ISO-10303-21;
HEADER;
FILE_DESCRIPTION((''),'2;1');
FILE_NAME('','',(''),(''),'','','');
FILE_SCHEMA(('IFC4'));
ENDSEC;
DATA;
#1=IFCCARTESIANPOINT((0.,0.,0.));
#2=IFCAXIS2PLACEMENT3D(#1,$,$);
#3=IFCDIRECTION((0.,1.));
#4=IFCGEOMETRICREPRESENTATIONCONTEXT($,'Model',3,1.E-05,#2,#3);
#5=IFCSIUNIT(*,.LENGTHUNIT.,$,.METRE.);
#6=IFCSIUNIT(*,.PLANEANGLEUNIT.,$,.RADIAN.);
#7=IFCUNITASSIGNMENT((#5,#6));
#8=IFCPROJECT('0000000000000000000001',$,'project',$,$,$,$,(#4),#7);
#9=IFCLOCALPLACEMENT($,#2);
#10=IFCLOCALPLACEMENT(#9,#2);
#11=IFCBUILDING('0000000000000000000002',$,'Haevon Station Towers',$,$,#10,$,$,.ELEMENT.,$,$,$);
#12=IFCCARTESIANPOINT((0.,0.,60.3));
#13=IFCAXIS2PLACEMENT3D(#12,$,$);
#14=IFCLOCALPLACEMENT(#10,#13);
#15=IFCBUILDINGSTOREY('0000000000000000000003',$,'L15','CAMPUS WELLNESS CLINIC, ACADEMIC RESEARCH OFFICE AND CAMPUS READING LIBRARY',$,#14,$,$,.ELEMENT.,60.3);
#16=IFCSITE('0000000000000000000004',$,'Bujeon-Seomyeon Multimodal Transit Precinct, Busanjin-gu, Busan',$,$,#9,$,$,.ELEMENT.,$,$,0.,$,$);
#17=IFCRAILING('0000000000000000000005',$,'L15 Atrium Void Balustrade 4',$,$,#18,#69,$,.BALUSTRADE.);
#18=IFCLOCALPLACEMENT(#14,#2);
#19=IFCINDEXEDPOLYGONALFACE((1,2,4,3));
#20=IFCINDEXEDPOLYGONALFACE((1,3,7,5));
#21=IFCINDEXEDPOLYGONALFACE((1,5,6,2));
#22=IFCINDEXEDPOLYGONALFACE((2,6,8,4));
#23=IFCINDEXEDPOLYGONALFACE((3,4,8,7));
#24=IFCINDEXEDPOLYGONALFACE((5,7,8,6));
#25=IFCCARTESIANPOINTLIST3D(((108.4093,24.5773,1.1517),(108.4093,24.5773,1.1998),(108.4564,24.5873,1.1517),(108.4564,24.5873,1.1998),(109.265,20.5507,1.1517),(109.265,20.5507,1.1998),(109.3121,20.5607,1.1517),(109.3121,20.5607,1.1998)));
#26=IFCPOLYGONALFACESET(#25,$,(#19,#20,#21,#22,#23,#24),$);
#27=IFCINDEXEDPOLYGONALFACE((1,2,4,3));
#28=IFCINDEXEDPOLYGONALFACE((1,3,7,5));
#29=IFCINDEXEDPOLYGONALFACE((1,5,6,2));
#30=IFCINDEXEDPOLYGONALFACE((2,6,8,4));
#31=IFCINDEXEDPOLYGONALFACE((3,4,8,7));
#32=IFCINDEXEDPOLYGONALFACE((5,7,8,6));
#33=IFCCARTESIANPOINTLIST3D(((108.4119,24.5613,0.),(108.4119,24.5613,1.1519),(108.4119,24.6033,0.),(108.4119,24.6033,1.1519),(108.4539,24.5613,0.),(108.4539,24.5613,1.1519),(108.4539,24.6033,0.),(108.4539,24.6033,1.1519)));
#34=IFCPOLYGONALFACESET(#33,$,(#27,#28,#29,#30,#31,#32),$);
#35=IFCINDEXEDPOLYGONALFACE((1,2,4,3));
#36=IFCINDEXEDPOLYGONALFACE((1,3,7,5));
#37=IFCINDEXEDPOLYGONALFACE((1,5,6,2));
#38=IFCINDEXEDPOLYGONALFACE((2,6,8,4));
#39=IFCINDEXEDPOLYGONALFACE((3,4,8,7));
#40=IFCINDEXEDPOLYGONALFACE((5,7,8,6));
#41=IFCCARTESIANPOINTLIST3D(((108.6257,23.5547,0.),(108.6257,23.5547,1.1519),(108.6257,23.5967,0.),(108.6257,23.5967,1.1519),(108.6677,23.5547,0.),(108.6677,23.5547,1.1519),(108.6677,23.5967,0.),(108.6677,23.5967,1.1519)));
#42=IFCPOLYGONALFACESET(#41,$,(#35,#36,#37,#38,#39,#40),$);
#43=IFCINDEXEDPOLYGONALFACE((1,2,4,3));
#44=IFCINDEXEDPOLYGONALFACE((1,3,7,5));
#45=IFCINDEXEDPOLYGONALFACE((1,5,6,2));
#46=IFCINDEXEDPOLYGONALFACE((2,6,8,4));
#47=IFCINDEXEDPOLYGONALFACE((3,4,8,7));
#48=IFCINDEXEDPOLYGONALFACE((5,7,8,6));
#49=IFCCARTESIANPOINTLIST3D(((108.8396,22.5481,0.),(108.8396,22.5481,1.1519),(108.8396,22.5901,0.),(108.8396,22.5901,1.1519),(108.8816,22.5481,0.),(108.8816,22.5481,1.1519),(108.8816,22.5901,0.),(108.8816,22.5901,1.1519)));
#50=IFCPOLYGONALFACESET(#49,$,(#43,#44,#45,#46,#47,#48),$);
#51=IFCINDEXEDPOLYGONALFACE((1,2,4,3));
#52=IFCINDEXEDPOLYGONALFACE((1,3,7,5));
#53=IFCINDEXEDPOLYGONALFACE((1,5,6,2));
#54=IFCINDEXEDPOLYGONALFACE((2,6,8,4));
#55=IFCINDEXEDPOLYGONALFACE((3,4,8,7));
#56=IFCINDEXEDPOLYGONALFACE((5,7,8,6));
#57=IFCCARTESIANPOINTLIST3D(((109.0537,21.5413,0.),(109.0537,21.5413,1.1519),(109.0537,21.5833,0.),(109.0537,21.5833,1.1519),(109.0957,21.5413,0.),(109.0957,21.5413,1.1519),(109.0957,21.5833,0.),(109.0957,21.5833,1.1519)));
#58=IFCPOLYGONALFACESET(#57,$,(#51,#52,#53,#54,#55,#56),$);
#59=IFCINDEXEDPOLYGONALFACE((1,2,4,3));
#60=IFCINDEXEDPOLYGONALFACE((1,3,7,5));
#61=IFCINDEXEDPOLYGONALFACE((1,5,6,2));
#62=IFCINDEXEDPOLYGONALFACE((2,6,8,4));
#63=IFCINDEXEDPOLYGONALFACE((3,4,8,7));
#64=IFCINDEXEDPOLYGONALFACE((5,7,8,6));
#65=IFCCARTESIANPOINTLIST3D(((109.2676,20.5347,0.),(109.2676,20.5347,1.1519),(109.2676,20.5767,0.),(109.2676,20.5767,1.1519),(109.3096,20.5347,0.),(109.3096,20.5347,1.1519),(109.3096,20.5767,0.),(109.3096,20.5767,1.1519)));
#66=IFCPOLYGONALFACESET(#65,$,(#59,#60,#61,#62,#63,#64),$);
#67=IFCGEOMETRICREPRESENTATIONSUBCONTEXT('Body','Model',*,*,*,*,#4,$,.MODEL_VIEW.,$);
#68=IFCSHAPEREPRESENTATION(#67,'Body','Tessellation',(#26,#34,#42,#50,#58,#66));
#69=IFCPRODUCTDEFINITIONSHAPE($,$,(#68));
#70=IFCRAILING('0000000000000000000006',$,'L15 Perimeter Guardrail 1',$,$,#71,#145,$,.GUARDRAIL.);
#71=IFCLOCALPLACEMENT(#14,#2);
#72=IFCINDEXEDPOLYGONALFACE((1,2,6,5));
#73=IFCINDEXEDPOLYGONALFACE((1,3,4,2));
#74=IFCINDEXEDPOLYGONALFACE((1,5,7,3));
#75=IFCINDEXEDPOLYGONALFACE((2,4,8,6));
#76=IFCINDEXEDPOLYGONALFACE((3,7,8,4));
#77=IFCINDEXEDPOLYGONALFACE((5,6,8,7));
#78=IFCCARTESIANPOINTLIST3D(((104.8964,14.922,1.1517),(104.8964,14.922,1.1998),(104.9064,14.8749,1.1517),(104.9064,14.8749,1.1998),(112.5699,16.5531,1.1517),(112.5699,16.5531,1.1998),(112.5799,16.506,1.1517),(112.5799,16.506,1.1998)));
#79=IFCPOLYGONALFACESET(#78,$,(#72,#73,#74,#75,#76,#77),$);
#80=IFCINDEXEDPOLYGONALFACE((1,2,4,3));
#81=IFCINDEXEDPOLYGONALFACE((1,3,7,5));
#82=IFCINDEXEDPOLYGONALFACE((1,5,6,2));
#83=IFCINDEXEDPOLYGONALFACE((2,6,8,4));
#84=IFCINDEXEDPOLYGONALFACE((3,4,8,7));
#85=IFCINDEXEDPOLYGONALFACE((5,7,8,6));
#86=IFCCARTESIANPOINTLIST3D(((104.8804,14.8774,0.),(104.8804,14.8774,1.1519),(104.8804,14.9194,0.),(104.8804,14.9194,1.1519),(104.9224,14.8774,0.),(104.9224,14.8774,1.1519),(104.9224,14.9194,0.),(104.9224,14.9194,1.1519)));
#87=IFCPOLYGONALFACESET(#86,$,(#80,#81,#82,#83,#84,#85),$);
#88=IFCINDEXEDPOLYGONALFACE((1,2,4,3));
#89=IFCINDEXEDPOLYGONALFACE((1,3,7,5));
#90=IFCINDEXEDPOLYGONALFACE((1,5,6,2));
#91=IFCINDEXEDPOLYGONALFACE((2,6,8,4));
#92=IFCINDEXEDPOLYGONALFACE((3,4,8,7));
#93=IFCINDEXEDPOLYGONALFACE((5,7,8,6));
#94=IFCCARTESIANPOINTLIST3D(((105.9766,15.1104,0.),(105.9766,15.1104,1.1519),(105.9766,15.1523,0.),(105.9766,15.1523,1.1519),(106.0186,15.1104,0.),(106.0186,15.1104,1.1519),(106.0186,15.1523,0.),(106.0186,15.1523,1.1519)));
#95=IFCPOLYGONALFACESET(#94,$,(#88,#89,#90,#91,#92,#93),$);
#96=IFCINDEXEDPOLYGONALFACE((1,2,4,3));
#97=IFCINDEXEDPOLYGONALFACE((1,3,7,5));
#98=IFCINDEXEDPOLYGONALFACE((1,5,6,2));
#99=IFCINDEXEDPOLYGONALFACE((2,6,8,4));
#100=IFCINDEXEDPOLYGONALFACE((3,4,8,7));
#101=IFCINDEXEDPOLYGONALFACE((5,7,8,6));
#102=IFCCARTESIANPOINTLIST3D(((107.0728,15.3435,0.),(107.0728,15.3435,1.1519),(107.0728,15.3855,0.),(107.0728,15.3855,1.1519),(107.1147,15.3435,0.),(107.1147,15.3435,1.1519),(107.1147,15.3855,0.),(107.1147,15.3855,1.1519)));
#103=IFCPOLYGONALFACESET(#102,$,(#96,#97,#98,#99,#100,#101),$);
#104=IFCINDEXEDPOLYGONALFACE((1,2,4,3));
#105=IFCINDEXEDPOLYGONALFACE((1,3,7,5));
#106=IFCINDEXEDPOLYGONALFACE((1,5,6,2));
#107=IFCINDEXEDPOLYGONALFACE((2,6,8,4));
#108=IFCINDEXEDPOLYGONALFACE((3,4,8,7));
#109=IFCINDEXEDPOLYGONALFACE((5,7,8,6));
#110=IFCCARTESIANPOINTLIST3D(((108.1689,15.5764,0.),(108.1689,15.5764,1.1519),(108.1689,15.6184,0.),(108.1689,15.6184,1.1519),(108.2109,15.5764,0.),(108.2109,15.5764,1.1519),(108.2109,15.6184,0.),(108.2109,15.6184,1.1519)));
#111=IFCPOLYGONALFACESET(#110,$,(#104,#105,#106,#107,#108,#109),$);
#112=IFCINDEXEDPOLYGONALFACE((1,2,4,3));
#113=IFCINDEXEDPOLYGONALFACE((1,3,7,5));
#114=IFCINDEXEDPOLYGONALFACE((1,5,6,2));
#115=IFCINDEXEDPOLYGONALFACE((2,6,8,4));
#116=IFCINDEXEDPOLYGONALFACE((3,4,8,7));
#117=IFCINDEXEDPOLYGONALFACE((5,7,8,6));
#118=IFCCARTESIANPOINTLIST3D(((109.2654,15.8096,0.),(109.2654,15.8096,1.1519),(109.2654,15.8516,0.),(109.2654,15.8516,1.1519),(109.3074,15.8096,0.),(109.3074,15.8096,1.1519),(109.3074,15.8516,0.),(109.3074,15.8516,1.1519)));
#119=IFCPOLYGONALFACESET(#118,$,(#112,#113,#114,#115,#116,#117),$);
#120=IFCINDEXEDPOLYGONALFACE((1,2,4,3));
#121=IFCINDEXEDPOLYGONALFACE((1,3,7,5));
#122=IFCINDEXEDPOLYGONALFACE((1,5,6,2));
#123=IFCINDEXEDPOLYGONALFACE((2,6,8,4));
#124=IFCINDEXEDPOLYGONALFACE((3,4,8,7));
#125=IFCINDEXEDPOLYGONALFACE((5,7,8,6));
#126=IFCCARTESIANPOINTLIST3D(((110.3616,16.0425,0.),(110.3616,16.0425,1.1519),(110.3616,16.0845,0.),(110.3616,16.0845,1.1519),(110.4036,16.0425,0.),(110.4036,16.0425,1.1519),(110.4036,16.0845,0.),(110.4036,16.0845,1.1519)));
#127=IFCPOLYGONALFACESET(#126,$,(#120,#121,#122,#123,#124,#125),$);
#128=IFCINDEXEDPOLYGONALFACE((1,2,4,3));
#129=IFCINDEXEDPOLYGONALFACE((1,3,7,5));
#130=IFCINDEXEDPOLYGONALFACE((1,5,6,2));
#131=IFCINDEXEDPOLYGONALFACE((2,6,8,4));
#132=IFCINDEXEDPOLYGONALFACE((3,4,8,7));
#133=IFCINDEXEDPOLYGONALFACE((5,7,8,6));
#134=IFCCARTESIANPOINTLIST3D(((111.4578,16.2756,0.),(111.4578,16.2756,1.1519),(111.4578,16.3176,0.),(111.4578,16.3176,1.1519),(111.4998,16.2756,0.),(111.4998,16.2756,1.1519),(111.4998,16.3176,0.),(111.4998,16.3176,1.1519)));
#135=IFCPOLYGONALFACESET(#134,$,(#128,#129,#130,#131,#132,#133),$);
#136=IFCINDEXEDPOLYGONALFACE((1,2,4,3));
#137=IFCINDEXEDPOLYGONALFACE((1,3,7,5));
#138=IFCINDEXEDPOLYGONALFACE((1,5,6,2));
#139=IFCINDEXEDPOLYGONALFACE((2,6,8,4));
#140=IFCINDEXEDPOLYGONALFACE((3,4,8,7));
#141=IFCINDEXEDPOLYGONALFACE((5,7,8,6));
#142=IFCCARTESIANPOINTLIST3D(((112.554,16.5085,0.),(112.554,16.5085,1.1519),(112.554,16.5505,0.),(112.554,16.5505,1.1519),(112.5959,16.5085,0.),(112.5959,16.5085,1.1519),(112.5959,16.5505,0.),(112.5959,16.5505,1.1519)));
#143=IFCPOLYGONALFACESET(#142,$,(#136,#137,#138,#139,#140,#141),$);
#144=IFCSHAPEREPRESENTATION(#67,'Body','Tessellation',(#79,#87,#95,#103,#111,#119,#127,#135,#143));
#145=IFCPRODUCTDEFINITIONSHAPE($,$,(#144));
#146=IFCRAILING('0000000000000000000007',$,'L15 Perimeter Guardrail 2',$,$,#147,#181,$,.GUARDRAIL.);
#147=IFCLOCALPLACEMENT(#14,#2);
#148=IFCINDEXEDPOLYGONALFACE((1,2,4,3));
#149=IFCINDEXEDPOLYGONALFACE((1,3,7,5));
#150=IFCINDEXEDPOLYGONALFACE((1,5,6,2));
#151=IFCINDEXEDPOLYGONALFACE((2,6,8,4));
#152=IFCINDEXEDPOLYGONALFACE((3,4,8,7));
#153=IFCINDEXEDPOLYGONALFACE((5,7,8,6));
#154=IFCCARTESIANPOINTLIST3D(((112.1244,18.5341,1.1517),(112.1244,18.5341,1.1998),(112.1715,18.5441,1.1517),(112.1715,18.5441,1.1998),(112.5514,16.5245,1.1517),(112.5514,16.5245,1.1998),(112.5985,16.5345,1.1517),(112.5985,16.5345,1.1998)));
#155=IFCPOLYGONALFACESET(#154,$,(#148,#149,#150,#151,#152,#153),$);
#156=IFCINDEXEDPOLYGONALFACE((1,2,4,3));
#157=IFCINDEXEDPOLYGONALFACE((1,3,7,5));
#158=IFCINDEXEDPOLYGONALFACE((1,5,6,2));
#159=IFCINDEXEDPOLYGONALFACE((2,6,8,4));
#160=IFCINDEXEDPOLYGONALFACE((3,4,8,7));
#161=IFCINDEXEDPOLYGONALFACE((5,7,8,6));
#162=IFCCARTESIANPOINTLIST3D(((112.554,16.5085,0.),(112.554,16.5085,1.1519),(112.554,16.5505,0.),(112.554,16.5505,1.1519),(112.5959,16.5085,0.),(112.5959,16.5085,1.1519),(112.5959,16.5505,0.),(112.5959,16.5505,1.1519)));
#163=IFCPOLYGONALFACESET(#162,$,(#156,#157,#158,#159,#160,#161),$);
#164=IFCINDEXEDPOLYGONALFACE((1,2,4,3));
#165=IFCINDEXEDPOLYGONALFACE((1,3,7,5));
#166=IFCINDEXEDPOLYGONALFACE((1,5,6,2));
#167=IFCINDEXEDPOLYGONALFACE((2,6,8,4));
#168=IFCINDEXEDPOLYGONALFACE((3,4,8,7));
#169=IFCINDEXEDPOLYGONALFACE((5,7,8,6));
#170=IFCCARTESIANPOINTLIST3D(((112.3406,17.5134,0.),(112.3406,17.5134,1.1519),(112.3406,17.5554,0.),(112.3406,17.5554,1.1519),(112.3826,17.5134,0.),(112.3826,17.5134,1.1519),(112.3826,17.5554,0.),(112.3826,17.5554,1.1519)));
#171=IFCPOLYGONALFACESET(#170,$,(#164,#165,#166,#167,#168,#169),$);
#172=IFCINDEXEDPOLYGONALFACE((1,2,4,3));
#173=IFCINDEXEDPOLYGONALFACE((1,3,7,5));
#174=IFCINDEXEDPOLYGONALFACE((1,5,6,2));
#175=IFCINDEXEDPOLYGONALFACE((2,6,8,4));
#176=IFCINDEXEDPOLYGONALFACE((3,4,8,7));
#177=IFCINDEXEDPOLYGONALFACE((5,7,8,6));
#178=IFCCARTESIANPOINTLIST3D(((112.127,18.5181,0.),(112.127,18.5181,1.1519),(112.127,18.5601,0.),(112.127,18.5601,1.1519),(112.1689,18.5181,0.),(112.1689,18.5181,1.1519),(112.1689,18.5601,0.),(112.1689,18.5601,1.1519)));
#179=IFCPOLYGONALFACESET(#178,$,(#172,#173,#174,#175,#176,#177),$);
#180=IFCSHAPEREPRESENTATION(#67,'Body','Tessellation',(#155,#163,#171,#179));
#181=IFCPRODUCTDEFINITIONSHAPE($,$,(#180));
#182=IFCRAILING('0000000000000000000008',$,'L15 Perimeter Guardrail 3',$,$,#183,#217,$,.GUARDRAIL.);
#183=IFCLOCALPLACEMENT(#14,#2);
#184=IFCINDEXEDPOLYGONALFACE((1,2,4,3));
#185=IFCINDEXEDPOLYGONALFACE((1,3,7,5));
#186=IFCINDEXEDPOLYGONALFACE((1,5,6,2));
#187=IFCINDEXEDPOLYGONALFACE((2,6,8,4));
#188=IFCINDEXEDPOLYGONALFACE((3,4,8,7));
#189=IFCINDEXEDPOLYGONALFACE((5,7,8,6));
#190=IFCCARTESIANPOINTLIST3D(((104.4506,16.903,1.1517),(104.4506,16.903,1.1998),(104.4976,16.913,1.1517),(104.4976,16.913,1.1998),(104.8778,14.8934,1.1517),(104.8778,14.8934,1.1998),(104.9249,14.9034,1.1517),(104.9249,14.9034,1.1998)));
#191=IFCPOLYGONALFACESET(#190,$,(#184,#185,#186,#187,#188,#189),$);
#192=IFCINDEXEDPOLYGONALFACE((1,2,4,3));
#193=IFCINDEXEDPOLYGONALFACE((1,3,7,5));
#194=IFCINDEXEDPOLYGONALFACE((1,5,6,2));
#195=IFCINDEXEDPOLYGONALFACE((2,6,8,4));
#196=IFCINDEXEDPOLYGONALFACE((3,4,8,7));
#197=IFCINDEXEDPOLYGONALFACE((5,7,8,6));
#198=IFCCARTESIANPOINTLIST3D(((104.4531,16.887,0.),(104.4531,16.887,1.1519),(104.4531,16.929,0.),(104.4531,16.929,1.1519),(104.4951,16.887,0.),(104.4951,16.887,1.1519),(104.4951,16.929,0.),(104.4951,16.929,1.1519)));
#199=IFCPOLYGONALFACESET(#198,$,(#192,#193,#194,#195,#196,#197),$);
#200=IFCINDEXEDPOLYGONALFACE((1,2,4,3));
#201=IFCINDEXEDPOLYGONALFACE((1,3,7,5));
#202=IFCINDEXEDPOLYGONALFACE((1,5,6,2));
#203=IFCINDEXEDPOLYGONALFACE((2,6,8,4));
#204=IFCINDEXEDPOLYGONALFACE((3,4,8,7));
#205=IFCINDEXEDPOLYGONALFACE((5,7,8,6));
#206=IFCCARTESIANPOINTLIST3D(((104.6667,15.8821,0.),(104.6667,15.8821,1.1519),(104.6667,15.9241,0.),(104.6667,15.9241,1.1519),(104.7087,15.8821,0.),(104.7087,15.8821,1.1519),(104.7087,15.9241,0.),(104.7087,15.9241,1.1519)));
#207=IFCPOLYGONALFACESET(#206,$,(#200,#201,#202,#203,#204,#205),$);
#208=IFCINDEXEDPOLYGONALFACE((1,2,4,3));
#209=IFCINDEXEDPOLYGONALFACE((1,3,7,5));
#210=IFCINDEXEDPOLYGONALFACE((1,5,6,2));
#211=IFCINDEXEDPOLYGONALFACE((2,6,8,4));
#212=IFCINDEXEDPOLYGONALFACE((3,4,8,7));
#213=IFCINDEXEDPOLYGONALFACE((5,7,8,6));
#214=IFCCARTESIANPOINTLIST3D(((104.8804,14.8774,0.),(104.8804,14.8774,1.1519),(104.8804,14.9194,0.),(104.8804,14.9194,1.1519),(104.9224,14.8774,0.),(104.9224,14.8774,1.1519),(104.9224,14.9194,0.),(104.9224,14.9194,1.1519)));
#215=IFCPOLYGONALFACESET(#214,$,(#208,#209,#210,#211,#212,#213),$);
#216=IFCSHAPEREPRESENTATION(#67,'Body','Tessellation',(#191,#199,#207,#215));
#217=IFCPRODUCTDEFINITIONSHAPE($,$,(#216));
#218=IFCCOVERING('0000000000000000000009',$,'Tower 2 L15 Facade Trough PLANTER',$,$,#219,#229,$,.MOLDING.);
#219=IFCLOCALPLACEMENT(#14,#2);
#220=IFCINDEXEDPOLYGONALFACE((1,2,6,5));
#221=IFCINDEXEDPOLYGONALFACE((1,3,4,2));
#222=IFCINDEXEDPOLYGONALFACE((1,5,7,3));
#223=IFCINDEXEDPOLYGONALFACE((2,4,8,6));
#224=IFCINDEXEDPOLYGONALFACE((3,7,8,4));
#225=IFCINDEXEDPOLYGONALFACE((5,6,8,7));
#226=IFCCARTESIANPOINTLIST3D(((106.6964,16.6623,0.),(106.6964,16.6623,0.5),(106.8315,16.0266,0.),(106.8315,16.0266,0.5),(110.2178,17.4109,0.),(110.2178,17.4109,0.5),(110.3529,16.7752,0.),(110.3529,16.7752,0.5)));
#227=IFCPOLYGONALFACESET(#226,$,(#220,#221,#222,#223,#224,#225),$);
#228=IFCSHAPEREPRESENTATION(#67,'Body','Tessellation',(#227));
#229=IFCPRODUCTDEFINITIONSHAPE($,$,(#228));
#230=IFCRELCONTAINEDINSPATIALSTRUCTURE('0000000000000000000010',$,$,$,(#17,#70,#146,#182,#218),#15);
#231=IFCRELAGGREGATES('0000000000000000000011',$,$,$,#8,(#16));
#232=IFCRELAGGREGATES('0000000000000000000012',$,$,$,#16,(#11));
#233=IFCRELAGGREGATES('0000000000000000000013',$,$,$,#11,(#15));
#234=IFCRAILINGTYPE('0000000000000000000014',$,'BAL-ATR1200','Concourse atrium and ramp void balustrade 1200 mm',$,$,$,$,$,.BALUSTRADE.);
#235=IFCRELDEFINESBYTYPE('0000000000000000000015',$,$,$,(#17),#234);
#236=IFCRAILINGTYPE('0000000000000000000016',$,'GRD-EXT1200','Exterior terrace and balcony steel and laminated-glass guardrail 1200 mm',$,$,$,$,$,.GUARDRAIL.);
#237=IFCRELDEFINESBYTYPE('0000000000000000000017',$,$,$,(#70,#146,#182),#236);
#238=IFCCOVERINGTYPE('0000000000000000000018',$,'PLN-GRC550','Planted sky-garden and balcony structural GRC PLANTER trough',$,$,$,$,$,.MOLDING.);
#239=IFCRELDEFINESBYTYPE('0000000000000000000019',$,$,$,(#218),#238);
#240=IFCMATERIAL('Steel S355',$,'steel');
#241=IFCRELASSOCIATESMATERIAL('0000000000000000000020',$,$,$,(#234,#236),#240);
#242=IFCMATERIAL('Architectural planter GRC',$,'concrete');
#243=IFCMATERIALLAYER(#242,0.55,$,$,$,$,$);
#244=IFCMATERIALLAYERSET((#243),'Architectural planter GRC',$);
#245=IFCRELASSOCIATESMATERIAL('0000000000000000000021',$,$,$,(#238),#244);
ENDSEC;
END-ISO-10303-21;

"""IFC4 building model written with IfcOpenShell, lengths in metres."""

from ifc_helpers import new_model, si_unit, direction, frame, origin, origin_2d, place, context, subcontext, project, spatial, rectangle, extrude, material, layer, layer_set, type_object, element, save


model = new_model("IFC4")

# Units and contexts
model_context = context("Model", 3, precision=1e-05, world=origin(), true_north=direction((0.0, 1.0)))
body_context = subcontext(model_context, "Body", "Model", "MODEL_VIEW")
ifc_project = project(units=[si_unit("LENGTHUNIT", "METRE"), si_unit("PLANEANGLEUNIT", "RADIAN")], contexts=[model_context])

# Site, building, storey
site_placement = place(None, origin())
site = spatial("IfcSite", under=ifc_project, at=site_placement, Name="Bujeon-Seomyeon Multimodal Transit Precinct, Busanjin-gu, Busan", CompositionType="ELEMENT", RefElevation=0.0)
building_placement = place(site_placement, origin())
building = spatial("IfcBuilding", under=site, at=building_placement, Name="Haevon Station Towers", CompositionType="ELEMENT")
storey_placement = place(building_placement, frame((0.0, 0.0, 60.3)))
storey = spatial("IfcBuildingStorey", under=building, at=storey_placement, Name="L15", Description="CAMPUS WELLNESS CLINIC, ACADEMIC RESEARCH OFFICE AND CAMPUS READING LIBRARY", CompositionType="ELEMENT", Elevation=60.3)

# Shared definitions
ifc_material_1 = material(Name="Steel S355", Category="steel")

# Railings
railing_type_1 = type_object("IfcRailingType", Name="BAL-ATR1200", Description="Concourse atrium and ramp void balustrade 1200 mm", PredefinedType="BALUSTRADE", material=ifc_material_1)
railing_1_placement = place(storey_placement, frame((108.4329, 24.5823, 0.0)))
element("IfcRailing", 1, at=railing_1_placement, inside=storey, type_object=railing_type_1, Name="L15 Atrium Void Balustrade 4", PredefinedType="BALUSTRADE", context=body_context, shape_type="SweptSolid", body=[
    extrude(rectangle(XDim=0.0481, YDim=0.0481, at=origin_2d()), frame((0.0, 0.0, 1.1758), z_axis=(0.207872, -0.978156, 0.0), x_axis=(0.978156, 0.207872, 0.0)), (0.0, 0.0, 1.0), 4.1165),
    extrude(rectangle(XDim=0.042, YDim=0.042, at=origin_2d()), origin(), (0.0, 0.0, 1.0), 1.1519),
    extrude(rectangle(XDim=0.042, YDim=0.042, at=origin_2d()), frame((0.2139, -1.0066, 0.0)), (0.0, 0.0, 1.0), 1.1519),
    extrude(rectangle(XDim=0.042, YDim=0.042, at=origin_2d()), frame((0.4277, -2.0132, 0.0)), (0.0, 0.0, 1.0), 1.1519),
    extrude(rectangle(XDim=0.042, YDim=0.042, at=origin_2d()), frame((0.6418, -3.02, 0.0)), (0.0, 0.0, 1.0), 1.1519),
    extrude(rectangle(XDim=0.042, YDim=0.042, at=origin_2d()), frame((0.8557, -4.0266, 0.0)), (0.0, 0.0, 1.0), 1.1519),
])
railing_type_2 = type_object("IfcRailingType", Name="GRD-EXT1200", Description="Exterior terrace and balcony steel and laminated-glass guardrail 1200 mm", PredefinedType="GUARDRAIL", material=ifc_material_1)
railing_2_placement = place(storey_placement, frame((104.9014, 14.8984, 0.0)))
element("IfcRailing", 2, at=railing_2_placement, inside=storey, type_object=railing_type_2, Name="L15 Perimeter Guardrail 1", PredefinedType="GUARDRAIL", context=body_context, shape_type="SweptSolid", body=[
    extrude(rectangle(XDim=0.0481, YDim=0.0481, at=origin_2d()), frame((0.0, 0.0, 1.1758), z_axis=(0.978147, 0.207916, 0.0), x_axis=(-0.207916, 0.978147, 0.0)), (0.0, 0.0, 1.0), 7.845),
    extrude(rectangle(XDim=0.042, YDim=0.042, at=origin_2d()), origin(), (0.0, 0.0, 1.0), 1.1519),
    extrude(rectangle(XDim=0.042, YDim=0.042, at=origin_2d()), frame((1.0962, 0.2329, 0.0)), (0.0, 0.0, 1.0), 1.1519),
    extrude(rectangle(XDim=0.042, YDim=0.042, at=origin_2d()), frame((2.1924, 0.4661, 0.0)), (0.0, 0.0, 1.0), 1.1519),
    extrude(rectangle(XDim=0.042, YDim=0.042, at=origin_2d()), frame((3.2886, 0.699, 0.0)), (0.0, 0.0, 1.0), 1.1519),
    extrude(rectangle(XDim=0.042, YDim=0.042, at=origin_2d()), frame((4.385, 0.9321, 0.0)), (0.0, 0.0, 1.0), 1.1519),
    extrude(rectangle(XDim=0.042, YDim=0.042, at=origin_2d()), frame((5.4812, 1.165, 0.0)), (0.0, 0.0, 1.0), 1.1519),
    extrude(rectangle(XDim=0.042, YDim=0.042, at=origin_2d()), frame((6.5774, 1.3982, 0.0)), (0.0, 0.0, 1.0), 1.1519),
    extrude(rectangle(XDim=0.042, YDim=0.042, at=origin_2d()), frame((7.6736, 1.6311, 0.0)), (0.0, 0.0, 1.0), 1.1519),
])
railing_3_placement = place(storey_placement, frame((112.575, 16.5295, 0.0)))
element("IfcRailing", 3, at=railing_3_placement, inside=storey, type_object=railing_type_2, Name="L15 Perimeter Guardrail 2", PredefinedType="GUARDRAIL", context=body_context, shape_type="SweptSolid", body=[
    extrude(rectangle(XDim=0.0481, YDim=0.0481, at=origin_2d()), frame((0.0, 0.0, 1.1758), z_axis=(-0.207849, 0.978161, 0.0), x_axis=(-0.978161, -0.207849, 0.0)), (0.0, 0.0, 1.0), 2.0544),
    extrude(rectangle(XDim=0.042, YDim=0.042, at=origin_2d()), origin(), (0.0, 0.0, 1.0), 1.1519),
    extrude(rectangle(XDim=0.042, YDim=0.042, at=origin_2d()), frame((-0.2134, 1.0049, 0.0)), (0.0, 0.0, 1.0), 1.1519),
    extrude(rectangle(XDim=0.042, YDim=0.042, at=origin_2d()), frame((-0.427, 2.0095, 0.0)), (0.0, 0.0, 1.0), 1.1519),
])
railing_4_placement = place(storey_placement, frame((104.4741, 16.908, 0.0)))
element("IfcRailing", 4, at=railing_4_placement, inside=storey, type_object=railing_type_2, Name="L15 Perimeter Guardrail 3", PredefinedType="GUARDRAIL", context=body_context, shape_type="SweptSolid", body=[
    extrude(rectangle(XDim=0.0481, YDim=0.0481, at=origin_2d()), frame((0.0, 0.0, 1.1758), z_axis=(0.207963, -0.978137, 0.0), x_axis=(0.978137, 0.207963, 0.0)), (0.0, 0.0, 1.0), 2.0544),
    extrude(rectangle(XDim=0.042, YDim=0.042, at=origin_2d()), origin(), (0.0, 0.0, 1.0), 1.1519),
    extrude(rectangle(XDim=0.042, YDim=0.042, at=origin_2d()), frame((0.2136, -1.0049, 0.0)), (0.0, 0.0, 1.0), 1.1519),
    extrude(rectangle(XDim=0.042, YDim=0.042, at=origin_2d()), frame((0.4272, -2.0095, 0.0)), (0.0, 0.0, 1.0), 1.1519),
])

# Covering
ifc_material_2 = material(Name="Architectural planter GRC", Category="concrete")
ifc_layer_1 = layer(ifc_material_2, 0.55)
ifc_layer_set_1 = layer_set([ifc_layer_1], Name="Architectural planter GRC")
covering_type = type_object("IfcCoveringType", Name="PLN-GRC550", Description="Planted sky-garden and balcony structural GRC PLANTER trough", PredefinedType="MOLDING", material=ifc_layer_set_1)
covering_placement = place(storey_placement, frame((108.5247, 16.7188, 0.0), z_axis=(0.0, 0.0, 1.0), x_axis=(0.978148, 0.207912, 0.0)))
element("IfcCovering", 5, at=covering_placement, inside=storey, type_object=covering_type, Name="Tower 2 L15 Facade Trough PLANTER", PredefinedType="MOLDING", context=body_context, shape_type="SweptSolid", body=[
    extrude(rectangle(XDim=3.6001, YDim=0.6499, at=origin_2d()), origin(), (0.0, 0.0, 1.0), 0.5),
])

save(model, "model.ifc")
